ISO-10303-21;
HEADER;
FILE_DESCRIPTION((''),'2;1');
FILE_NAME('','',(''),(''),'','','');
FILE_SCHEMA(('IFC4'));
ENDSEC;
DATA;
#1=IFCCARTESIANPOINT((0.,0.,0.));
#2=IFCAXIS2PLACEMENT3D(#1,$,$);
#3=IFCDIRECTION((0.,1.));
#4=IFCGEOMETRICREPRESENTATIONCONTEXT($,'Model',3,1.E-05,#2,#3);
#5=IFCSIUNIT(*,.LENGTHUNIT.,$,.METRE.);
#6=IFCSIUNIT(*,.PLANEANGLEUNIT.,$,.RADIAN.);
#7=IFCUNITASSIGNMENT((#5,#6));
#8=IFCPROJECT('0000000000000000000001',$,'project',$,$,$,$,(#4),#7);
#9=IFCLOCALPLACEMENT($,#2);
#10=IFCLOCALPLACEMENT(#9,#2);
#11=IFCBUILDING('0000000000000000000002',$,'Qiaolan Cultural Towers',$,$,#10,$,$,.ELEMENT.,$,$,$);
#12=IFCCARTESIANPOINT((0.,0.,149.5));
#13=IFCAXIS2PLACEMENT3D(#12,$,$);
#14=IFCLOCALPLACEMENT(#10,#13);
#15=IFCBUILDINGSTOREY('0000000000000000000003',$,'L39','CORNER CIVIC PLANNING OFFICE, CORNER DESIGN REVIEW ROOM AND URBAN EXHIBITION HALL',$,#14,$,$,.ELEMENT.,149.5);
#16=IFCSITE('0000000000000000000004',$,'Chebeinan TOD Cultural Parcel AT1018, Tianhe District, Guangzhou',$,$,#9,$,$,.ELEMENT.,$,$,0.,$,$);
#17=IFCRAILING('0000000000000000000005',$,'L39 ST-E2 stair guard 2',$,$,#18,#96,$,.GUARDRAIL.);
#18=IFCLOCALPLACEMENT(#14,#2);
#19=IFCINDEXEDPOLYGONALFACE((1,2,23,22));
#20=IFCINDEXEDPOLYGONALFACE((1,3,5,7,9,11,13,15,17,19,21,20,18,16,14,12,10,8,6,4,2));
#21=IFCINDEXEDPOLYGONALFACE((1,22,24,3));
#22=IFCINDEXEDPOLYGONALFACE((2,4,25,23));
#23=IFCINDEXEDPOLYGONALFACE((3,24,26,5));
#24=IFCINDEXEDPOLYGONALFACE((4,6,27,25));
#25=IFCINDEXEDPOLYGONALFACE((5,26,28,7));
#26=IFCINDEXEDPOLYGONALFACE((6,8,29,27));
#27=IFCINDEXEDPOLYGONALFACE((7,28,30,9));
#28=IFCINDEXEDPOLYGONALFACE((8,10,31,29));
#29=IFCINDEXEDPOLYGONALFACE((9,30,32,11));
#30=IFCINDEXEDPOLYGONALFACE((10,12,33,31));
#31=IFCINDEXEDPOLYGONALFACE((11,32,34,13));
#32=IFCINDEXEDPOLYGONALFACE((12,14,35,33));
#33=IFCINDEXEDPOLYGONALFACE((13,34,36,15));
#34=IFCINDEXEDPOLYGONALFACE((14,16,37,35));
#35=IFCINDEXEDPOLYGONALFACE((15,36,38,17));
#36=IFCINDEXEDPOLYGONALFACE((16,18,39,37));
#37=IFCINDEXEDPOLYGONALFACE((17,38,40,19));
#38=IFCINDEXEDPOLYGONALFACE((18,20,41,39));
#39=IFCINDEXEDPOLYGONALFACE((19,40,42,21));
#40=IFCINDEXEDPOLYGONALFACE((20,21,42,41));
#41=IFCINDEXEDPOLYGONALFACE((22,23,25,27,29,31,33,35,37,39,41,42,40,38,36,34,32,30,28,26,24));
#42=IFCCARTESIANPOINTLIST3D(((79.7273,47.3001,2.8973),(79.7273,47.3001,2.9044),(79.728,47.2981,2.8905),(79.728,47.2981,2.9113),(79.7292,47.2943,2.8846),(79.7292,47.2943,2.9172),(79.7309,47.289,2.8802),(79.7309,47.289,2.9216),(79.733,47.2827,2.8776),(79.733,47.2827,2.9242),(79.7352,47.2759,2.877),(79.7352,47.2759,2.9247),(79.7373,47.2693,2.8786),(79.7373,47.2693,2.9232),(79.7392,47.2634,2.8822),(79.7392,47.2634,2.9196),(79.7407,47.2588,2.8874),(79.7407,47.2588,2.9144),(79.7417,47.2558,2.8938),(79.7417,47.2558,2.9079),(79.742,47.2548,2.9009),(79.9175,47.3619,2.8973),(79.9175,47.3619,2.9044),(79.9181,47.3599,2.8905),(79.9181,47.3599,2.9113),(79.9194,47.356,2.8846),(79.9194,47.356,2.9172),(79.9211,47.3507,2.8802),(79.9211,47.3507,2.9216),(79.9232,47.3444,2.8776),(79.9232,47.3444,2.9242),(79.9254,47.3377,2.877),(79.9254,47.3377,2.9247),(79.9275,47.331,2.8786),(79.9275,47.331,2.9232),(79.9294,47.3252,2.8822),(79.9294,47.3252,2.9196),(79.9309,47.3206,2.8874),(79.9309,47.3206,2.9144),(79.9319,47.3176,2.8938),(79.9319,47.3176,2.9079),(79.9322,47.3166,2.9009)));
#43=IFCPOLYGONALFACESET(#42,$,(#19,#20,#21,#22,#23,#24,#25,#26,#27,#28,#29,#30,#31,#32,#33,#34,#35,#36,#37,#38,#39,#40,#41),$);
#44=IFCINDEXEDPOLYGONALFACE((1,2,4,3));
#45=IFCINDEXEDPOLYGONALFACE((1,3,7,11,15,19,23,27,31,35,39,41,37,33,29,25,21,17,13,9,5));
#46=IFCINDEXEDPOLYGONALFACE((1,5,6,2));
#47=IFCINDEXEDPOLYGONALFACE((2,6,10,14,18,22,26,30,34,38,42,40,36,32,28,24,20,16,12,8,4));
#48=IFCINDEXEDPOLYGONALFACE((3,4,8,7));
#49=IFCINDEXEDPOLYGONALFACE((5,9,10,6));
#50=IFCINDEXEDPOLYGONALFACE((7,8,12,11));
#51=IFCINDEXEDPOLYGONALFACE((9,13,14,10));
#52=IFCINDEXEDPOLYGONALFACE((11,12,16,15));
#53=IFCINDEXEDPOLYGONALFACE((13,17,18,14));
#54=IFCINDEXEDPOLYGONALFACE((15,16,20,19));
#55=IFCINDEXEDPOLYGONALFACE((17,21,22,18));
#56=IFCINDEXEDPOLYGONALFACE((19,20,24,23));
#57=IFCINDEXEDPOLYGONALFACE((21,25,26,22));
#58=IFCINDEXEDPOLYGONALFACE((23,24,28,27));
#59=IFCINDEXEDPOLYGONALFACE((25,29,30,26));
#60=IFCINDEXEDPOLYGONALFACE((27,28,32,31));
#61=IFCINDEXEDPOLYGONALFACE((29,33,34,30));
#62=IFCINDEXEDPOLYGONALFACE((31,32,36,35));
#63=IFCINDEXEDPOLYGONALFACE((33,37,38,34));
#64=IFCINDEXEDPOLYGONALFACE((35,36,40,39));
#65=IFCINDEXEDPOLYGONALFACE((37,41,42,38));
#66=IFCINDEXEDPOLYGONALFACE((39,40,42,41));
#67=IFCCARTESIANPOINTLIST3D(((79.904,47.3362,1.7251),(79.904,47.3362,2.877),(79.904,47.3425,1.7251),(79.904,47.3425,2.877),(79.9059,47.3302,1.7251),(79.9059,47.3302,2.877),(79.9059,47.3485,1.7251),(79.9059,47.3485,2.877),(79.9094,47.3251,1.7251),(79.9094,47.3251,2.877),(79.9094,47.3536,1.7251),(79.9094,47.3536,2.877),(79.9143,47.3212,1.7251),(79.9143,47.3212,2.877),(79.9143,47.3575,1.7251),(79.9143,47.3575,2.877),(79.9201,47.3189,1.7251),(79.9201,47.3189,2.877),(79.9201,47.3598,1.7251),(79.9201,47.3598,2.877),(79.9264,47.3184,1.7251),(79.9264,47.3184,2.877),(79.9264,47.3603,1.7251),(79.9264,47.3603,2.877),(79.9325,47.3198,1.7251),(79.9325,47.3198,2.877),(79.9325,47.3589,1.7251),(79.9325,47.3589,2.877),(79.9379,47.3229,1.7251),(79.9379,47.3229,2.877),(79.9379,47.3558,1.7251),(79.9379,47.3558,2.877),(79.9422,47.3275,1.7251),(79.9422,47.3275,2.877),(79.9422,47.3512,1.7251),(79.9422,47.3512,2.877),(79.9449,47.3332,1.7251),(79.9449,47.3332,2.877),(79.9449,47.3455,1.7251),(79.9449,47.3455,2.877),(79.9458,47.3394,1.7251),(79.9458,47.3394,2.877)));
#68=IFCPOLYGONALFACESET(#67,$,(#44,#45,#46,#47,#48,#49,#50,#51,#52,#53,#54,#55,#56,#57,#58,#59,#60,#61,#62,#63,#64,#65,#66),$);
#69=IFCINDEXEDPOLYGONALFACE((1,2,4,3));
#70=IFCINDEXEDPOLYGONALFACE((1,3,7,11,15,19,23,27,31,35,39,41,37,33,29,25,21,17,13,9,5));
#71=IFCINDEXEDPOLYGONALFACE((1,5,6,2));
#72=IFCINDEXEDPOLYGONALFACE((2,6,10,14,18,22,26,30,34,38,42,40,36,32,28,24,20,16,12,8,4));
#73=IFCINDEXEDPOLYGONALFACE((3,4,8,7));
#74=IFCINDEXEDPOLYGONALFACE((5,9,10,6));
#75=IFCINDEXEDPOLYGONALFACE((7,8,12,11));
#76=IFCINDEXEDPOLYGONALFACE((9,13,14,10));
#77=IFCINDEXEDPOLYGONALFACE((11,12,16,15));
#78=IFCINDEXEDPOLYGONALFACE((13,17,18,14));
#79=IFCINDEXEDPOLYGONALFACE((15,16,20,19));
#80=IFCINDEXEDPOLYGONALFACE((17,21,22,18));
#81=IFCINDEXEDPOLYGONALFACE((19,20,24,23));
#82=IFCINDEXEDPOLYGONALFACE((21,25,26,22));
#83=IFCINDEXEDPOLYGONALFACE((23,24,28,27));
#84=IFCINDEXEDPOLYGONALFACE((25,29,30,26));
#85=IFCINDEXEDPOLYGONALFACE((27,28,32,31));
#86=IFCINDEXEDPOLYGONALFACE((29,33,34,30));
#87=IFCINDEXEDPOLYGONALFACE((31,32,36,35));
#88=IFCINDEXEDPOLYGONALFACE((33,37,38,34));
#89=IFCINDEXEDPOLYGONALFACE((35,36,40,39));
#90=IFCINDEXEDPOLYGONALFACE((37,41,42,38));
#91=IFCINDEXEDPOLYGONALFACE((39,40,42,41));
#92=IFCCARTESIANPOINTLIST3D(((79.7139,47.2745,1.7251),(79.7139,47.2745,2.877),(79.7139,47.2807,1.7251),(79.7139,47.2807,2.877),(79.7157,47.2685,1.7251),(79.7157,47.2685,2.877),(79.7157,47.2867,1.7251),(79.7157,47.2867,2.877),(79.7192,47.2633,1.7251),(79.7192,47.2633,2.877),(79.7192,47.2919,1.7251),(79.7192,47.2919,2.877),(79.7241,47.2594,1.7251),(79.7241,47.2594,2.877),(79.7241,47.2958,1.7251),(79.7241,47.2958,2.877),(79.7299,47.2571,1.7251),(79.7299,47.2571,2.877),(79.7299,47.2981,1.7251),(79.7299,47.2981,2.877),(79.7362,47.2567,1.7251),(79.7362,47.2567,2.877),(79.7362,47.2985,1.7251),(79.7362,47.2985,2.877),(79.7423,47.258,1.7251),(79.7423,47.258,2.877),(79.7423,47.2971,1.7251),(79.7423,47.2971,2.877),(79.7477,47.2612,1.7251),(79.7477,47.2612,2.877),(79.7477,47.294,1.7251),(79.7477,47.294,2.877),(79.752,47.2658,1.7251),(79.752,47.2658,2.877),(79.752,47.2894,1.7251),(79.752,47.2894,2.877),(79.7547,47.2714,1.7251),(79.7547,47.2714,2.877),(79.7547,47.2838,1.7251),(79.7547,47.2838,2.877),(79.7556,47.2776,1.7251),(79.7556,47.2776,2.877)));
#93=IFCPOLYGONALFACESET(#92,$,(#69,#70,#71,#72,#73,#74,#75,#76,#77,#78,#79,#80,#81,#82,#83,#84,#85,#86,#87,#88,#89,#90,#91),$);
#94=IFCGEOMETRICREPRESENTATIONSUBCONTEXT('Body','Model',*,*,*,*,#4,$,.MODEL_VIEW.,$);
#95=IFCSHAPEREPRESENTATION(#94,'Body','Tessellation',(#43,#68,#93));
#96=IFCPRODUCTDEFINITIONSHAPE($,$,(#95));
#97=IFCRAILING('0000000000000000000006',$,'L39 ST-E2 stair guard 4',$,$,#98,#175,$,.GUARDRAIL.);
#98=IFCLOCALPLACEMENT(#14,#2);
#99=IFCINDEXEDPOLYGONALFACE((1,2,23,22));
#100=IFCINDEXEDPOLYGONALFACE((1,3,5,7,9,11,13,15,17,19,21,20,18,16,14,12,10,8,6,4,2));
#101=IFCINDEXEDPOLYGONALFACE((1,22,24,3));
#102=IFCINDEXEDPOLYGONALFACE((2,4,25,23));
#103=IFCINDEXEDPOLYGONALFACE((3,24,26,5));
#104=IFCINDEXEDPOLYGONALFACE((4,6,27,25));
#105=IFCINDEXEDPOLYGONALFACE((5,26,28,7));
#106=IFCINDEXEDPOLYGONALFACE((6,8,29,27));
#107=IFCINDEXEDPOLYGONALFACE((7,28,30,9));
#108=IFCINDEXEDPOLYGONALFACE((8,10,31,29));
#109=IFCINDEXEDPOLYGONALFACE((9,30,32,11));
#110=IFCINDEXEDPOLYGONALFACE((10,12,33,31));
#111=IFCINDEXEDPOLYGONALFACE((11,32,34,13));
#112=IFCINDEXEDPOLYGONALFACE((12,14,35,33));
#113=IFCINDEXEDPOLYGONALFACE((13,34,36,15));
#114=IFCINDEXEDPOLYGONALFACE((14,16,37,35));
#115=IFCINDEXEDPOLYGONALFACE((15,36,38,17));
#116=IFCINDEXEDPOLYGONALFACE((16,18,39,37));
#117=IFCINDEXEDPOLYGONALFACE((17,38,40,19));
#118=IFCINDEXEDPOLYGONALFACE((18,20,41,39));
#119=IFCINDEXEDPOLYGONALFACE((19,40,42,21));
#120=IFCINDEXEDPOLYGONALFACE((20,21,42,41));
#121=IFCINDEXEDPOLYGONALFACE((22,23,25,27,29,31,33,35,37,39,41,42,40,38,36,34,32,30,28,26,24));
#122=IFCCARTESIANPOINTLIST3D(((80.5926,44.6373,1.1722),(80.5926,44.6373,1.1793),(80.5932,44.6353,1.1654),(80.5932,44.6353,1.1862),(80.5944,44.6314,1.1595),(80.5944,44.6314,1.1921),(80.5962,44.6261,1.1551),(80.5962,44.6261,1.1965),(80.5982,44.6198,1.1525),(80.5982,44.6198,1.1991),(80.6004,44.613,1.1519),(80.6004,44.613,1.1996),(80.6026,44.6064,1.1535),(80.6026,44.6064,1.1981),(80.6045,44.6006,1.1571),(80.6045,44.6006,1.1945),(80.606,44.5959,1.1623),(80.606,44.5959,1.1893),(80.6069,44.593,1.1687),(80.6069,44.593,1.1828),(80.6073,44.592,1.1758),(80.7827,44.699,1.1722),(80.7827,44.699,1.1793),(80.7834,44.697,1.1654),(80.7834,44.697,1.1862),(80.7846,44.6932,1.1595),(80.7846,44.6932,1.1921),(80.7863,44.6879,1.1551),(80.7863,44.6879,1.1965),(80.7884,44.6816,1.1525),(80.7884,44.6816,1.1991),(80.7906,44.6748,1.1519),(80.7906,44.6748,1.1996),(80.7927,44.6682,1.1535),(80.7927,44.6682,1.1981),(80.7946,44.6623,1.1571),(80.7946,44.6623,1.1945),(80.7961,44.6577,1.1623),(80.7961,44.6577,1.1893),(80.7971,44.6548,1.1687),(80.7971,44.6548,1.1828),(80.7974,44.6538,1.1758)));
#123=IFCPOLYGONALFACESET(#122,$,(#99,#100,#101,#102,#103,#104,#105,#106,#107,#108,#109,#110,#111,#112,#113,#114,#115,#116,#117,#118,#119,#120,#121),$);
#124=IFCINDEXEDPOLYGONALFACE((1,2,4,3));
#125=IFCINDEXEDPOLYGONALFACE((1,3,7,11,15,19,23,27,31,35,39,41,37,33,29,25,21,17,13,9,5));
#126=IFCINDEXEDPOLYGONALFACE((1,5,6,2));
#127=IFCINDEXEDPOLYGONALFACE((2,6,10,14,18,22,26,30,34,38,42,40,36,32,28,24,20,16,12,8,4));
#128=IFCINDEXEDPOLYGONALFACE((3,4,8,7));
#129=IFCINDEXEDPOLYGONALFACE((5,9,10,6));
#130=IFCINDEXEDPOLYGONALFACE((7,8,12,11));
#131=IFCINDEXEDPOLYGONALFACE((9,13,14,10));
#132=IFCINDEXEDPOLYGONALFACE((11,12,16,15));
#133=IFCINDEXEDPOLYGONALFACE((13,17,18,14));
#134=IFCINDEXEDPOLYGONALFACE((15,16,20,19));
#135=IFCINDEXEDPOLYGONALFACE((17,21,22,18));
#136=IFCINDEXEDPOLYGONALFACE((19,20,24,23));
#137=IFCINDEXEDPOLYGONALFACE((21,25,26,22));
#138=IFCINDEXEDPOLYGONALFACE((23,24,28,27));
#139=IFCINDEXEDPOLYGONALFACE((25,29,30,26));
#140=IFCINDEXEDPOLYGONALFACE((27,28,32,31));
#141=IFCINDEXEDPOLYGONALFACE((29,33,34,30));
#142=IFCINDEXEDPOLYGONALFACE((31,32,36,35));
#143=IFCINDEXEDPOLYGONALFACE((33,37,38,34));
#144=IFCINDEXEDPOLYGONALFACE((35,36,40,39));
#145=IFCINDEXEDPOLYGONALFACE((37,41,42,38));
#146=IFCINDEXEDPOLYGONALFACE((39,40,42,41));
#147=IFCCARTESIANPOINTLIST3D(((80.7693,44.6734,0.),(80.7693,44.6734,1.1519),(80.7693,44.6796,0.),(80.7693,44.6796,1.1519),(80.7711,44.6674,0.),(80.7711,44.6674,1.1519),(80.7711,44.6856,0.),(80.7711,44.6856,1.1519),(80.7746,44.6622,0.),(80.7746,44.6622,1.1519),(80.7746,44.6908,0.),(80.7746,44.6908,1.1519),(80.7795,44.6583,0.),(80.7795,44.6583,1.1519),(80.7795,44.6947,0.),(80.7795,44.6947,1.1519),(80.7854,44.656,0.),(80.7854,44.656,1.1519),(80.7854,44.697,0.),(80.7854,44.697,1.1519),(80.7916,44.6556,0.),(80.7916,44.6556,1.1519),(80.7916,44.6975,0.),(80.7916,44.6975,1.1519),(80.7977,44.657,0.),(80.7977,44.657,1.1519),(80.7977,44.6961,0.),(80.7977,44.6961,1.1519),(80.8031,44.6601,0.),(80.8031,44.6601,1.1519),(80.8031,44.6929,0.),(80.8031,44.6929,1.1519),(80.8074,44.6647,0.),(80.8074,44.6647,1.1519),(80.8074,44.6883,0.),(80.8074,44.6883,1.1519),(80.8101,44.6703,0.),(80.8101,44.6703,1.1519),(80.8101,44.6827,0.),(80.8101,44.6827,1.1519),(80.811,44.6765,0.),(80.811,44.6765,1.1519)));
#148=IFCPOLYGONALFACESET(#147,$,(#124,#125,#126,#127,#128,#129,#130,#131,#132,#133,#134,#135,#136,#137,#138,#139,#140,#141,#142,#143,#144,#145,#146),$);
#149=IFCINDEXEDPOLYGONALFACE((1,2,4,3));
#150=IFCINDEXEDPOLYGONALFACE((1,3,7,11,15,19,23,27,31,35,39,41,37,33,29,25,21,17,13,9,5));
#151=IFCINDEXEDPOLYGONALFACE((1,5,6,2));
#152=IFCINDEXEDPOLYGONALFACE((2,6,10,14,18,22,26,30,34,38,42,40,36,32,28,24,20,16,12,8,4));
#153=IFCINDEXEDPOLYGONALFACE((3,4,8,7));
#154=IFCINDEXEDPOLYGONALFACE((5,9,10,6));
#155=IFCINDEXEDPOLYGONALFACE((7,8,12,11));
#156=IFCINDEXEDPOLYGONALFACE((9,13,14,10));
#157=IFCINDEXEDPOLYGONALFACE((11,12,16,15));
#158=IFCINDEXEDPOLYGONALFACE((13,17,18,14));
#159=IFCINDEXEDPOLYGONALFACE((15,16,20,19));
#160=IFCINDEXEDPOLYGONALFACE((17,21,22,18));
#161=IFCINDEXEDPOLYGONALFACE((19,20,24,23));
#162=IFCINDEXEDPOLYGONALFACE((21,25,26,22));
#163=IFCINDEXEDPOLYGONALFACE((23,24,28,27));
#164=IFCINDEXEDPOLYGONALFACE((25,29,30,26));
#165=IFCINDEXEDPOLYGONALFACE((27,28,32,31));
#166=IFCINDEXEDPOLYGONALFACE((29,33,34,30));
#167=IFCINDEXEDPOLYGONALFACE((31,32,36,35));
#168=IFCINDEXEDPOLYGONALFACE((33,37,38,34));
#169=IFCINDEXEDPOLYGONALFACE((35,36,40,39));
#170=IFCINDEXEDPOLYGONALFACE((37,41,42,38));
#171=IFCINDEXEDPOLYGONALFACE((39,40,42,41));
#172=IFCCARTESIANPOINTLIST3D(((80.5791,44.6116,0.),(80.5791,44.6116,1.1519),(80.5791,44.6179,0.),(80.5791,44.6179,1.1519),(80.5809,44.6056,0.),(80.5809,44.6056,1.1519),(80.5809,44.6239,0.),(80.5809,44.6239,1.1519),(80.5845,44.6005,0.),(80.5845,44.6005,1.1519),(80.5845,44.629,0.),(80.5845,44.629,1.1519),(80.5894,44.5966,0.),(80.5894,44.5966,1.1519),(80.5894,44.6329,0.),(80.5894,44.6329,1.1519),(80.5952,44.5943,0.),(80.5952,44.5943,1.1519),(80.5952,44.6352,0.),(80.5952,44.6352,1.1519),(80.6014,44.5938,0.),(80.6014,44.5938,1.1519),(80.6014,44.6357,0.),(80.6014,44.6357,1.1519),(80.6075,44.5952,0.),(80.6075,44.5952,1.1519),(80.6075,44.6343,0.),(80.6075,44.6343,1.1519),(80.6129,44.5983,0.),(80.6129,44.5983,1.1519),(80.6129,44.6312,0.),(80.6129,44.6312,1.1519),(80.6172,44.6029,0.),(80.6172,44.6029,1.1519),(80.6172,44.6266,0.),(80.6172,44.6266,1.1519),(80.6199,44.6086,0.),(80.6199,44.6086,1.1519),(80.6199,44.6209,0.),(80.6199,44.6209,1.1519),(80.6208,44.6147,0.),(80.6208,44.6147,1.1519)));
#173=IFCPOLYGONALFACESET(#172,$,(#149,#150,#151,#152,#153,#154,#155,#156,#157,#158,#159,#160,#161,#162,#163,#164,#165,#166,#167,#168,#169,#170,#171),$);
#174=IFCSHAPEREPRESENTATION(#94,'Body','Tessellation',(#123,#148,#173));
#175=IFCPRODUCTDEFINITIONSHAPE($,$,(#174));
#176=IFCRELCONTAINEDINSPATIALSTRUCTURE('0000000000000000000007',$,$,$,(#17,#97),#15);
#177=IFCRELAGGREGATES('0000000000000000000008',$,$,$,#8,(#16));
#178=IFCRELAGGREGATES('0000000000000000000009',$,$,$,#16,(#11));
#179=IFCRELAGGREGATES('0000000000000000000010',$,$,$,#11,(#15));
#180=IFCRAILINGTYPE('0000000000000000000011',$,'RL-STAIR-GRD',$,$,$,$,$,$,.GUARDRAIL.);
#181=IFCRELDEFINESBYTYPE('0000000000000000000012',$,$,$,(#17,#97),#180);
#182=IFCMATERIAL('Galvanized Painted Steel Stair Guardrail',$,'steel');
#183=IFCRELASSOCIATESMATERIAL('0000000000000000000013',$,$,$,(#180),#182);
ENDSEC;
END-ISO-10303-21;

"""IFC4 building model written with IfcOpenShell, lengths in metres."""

from ifc_helpers import new_model, si_unit, direction, frame, origin, origin_2d, place, context, subcontext, project, spatial, circle, extrude, material, type_object, element, save


model = new_model("IFC4")

# Units and contexts
model_context = context("Model", 3, precision=1e-05, world=origin(), true_north=direction((0.0, 1.0)))
body_context = subcontext(model_context, "Body", "Model", "MODEL_VIEW")
ifc_project = project(units=[si_unit("LENGTHUNIT", "METRE"), si_unit("PLANEANGLEUNIT", "RADIAN")], contexts=[model_context])

# Site, building, storey
site_placement = place(None, origin())
site = spatial("IfcSite", under=ifc_project, at=site_placement, Name="Chebeinan TOD Cultural Parcel AT1018, Tianhe District, Guangzhou", CompositionType="ELEMENT", RefElevation=0.0)
building_placement = place(site_placement, origin())
building = spatial("IfcBuilding", under=site, at=building_placement, Name="Qiaolan Cultural Towers", CompositionType="ELEMENT")
storey_placement = place(building_placement, frame((0.0, 0.0, 149.5)))
storey = spatial("IfcBuildingStorey", under=building, at=storey_placement, Name="L39", Description="CORNER CIVIC PLANNING OFFICE, CORNER DESIGN REVIEW ROOM AND URBAN EXHIBITION HALL", CompositionType="ELEMENT", Elevation=149.5)

# Railings
ifc_material_1 = material(Name="Galvanized Painted Steel Stair Guardrail", Category="steel")
railing_type_1 = type_object("IfcRailingType", Name="RL-STAIR-GRD", PredefinedType="GUARDRAIL", material=ifc_material_1)
for number, where, name in (
    (1, (79.9248, 47.3394, 1.7251), "L39 ST-E2 stair guard 2"),
    (2, (80.79, 44.6765, 0.0), "L39 ST-E2 stair guard 4"),
):
    element("IfcRailing", number, at=place(storey_placement, frame(where)), inside=storey, type_object=railing_type_1, Name=name, PredefinedType="GUARDRAIL", context=body_context, shape_type="SweptSolid", body=[
        extrude(circle(Radius=0.0239, at=origin_2d()), frame((0.0, 0.0, 1.1758), z_axis=(-0.951097, -0.308893, 0.0), x_axis=(0.308893, -0.951097, 0.0)), (0.0, 0.0, 1.0), 0.2),
        extrude(circle(Radius=0.021, at=origin_2d()), origin(), (0.0, 0.0, 1.0), 1.1519),
        extrude(circle(Radius=0.021, at=origin_2d()), frame((-0.1902, -0.0618, 0.0)), (0.0, 0.0, 1.0), 1.1519),
    ])

save(model, "model.ifc")
